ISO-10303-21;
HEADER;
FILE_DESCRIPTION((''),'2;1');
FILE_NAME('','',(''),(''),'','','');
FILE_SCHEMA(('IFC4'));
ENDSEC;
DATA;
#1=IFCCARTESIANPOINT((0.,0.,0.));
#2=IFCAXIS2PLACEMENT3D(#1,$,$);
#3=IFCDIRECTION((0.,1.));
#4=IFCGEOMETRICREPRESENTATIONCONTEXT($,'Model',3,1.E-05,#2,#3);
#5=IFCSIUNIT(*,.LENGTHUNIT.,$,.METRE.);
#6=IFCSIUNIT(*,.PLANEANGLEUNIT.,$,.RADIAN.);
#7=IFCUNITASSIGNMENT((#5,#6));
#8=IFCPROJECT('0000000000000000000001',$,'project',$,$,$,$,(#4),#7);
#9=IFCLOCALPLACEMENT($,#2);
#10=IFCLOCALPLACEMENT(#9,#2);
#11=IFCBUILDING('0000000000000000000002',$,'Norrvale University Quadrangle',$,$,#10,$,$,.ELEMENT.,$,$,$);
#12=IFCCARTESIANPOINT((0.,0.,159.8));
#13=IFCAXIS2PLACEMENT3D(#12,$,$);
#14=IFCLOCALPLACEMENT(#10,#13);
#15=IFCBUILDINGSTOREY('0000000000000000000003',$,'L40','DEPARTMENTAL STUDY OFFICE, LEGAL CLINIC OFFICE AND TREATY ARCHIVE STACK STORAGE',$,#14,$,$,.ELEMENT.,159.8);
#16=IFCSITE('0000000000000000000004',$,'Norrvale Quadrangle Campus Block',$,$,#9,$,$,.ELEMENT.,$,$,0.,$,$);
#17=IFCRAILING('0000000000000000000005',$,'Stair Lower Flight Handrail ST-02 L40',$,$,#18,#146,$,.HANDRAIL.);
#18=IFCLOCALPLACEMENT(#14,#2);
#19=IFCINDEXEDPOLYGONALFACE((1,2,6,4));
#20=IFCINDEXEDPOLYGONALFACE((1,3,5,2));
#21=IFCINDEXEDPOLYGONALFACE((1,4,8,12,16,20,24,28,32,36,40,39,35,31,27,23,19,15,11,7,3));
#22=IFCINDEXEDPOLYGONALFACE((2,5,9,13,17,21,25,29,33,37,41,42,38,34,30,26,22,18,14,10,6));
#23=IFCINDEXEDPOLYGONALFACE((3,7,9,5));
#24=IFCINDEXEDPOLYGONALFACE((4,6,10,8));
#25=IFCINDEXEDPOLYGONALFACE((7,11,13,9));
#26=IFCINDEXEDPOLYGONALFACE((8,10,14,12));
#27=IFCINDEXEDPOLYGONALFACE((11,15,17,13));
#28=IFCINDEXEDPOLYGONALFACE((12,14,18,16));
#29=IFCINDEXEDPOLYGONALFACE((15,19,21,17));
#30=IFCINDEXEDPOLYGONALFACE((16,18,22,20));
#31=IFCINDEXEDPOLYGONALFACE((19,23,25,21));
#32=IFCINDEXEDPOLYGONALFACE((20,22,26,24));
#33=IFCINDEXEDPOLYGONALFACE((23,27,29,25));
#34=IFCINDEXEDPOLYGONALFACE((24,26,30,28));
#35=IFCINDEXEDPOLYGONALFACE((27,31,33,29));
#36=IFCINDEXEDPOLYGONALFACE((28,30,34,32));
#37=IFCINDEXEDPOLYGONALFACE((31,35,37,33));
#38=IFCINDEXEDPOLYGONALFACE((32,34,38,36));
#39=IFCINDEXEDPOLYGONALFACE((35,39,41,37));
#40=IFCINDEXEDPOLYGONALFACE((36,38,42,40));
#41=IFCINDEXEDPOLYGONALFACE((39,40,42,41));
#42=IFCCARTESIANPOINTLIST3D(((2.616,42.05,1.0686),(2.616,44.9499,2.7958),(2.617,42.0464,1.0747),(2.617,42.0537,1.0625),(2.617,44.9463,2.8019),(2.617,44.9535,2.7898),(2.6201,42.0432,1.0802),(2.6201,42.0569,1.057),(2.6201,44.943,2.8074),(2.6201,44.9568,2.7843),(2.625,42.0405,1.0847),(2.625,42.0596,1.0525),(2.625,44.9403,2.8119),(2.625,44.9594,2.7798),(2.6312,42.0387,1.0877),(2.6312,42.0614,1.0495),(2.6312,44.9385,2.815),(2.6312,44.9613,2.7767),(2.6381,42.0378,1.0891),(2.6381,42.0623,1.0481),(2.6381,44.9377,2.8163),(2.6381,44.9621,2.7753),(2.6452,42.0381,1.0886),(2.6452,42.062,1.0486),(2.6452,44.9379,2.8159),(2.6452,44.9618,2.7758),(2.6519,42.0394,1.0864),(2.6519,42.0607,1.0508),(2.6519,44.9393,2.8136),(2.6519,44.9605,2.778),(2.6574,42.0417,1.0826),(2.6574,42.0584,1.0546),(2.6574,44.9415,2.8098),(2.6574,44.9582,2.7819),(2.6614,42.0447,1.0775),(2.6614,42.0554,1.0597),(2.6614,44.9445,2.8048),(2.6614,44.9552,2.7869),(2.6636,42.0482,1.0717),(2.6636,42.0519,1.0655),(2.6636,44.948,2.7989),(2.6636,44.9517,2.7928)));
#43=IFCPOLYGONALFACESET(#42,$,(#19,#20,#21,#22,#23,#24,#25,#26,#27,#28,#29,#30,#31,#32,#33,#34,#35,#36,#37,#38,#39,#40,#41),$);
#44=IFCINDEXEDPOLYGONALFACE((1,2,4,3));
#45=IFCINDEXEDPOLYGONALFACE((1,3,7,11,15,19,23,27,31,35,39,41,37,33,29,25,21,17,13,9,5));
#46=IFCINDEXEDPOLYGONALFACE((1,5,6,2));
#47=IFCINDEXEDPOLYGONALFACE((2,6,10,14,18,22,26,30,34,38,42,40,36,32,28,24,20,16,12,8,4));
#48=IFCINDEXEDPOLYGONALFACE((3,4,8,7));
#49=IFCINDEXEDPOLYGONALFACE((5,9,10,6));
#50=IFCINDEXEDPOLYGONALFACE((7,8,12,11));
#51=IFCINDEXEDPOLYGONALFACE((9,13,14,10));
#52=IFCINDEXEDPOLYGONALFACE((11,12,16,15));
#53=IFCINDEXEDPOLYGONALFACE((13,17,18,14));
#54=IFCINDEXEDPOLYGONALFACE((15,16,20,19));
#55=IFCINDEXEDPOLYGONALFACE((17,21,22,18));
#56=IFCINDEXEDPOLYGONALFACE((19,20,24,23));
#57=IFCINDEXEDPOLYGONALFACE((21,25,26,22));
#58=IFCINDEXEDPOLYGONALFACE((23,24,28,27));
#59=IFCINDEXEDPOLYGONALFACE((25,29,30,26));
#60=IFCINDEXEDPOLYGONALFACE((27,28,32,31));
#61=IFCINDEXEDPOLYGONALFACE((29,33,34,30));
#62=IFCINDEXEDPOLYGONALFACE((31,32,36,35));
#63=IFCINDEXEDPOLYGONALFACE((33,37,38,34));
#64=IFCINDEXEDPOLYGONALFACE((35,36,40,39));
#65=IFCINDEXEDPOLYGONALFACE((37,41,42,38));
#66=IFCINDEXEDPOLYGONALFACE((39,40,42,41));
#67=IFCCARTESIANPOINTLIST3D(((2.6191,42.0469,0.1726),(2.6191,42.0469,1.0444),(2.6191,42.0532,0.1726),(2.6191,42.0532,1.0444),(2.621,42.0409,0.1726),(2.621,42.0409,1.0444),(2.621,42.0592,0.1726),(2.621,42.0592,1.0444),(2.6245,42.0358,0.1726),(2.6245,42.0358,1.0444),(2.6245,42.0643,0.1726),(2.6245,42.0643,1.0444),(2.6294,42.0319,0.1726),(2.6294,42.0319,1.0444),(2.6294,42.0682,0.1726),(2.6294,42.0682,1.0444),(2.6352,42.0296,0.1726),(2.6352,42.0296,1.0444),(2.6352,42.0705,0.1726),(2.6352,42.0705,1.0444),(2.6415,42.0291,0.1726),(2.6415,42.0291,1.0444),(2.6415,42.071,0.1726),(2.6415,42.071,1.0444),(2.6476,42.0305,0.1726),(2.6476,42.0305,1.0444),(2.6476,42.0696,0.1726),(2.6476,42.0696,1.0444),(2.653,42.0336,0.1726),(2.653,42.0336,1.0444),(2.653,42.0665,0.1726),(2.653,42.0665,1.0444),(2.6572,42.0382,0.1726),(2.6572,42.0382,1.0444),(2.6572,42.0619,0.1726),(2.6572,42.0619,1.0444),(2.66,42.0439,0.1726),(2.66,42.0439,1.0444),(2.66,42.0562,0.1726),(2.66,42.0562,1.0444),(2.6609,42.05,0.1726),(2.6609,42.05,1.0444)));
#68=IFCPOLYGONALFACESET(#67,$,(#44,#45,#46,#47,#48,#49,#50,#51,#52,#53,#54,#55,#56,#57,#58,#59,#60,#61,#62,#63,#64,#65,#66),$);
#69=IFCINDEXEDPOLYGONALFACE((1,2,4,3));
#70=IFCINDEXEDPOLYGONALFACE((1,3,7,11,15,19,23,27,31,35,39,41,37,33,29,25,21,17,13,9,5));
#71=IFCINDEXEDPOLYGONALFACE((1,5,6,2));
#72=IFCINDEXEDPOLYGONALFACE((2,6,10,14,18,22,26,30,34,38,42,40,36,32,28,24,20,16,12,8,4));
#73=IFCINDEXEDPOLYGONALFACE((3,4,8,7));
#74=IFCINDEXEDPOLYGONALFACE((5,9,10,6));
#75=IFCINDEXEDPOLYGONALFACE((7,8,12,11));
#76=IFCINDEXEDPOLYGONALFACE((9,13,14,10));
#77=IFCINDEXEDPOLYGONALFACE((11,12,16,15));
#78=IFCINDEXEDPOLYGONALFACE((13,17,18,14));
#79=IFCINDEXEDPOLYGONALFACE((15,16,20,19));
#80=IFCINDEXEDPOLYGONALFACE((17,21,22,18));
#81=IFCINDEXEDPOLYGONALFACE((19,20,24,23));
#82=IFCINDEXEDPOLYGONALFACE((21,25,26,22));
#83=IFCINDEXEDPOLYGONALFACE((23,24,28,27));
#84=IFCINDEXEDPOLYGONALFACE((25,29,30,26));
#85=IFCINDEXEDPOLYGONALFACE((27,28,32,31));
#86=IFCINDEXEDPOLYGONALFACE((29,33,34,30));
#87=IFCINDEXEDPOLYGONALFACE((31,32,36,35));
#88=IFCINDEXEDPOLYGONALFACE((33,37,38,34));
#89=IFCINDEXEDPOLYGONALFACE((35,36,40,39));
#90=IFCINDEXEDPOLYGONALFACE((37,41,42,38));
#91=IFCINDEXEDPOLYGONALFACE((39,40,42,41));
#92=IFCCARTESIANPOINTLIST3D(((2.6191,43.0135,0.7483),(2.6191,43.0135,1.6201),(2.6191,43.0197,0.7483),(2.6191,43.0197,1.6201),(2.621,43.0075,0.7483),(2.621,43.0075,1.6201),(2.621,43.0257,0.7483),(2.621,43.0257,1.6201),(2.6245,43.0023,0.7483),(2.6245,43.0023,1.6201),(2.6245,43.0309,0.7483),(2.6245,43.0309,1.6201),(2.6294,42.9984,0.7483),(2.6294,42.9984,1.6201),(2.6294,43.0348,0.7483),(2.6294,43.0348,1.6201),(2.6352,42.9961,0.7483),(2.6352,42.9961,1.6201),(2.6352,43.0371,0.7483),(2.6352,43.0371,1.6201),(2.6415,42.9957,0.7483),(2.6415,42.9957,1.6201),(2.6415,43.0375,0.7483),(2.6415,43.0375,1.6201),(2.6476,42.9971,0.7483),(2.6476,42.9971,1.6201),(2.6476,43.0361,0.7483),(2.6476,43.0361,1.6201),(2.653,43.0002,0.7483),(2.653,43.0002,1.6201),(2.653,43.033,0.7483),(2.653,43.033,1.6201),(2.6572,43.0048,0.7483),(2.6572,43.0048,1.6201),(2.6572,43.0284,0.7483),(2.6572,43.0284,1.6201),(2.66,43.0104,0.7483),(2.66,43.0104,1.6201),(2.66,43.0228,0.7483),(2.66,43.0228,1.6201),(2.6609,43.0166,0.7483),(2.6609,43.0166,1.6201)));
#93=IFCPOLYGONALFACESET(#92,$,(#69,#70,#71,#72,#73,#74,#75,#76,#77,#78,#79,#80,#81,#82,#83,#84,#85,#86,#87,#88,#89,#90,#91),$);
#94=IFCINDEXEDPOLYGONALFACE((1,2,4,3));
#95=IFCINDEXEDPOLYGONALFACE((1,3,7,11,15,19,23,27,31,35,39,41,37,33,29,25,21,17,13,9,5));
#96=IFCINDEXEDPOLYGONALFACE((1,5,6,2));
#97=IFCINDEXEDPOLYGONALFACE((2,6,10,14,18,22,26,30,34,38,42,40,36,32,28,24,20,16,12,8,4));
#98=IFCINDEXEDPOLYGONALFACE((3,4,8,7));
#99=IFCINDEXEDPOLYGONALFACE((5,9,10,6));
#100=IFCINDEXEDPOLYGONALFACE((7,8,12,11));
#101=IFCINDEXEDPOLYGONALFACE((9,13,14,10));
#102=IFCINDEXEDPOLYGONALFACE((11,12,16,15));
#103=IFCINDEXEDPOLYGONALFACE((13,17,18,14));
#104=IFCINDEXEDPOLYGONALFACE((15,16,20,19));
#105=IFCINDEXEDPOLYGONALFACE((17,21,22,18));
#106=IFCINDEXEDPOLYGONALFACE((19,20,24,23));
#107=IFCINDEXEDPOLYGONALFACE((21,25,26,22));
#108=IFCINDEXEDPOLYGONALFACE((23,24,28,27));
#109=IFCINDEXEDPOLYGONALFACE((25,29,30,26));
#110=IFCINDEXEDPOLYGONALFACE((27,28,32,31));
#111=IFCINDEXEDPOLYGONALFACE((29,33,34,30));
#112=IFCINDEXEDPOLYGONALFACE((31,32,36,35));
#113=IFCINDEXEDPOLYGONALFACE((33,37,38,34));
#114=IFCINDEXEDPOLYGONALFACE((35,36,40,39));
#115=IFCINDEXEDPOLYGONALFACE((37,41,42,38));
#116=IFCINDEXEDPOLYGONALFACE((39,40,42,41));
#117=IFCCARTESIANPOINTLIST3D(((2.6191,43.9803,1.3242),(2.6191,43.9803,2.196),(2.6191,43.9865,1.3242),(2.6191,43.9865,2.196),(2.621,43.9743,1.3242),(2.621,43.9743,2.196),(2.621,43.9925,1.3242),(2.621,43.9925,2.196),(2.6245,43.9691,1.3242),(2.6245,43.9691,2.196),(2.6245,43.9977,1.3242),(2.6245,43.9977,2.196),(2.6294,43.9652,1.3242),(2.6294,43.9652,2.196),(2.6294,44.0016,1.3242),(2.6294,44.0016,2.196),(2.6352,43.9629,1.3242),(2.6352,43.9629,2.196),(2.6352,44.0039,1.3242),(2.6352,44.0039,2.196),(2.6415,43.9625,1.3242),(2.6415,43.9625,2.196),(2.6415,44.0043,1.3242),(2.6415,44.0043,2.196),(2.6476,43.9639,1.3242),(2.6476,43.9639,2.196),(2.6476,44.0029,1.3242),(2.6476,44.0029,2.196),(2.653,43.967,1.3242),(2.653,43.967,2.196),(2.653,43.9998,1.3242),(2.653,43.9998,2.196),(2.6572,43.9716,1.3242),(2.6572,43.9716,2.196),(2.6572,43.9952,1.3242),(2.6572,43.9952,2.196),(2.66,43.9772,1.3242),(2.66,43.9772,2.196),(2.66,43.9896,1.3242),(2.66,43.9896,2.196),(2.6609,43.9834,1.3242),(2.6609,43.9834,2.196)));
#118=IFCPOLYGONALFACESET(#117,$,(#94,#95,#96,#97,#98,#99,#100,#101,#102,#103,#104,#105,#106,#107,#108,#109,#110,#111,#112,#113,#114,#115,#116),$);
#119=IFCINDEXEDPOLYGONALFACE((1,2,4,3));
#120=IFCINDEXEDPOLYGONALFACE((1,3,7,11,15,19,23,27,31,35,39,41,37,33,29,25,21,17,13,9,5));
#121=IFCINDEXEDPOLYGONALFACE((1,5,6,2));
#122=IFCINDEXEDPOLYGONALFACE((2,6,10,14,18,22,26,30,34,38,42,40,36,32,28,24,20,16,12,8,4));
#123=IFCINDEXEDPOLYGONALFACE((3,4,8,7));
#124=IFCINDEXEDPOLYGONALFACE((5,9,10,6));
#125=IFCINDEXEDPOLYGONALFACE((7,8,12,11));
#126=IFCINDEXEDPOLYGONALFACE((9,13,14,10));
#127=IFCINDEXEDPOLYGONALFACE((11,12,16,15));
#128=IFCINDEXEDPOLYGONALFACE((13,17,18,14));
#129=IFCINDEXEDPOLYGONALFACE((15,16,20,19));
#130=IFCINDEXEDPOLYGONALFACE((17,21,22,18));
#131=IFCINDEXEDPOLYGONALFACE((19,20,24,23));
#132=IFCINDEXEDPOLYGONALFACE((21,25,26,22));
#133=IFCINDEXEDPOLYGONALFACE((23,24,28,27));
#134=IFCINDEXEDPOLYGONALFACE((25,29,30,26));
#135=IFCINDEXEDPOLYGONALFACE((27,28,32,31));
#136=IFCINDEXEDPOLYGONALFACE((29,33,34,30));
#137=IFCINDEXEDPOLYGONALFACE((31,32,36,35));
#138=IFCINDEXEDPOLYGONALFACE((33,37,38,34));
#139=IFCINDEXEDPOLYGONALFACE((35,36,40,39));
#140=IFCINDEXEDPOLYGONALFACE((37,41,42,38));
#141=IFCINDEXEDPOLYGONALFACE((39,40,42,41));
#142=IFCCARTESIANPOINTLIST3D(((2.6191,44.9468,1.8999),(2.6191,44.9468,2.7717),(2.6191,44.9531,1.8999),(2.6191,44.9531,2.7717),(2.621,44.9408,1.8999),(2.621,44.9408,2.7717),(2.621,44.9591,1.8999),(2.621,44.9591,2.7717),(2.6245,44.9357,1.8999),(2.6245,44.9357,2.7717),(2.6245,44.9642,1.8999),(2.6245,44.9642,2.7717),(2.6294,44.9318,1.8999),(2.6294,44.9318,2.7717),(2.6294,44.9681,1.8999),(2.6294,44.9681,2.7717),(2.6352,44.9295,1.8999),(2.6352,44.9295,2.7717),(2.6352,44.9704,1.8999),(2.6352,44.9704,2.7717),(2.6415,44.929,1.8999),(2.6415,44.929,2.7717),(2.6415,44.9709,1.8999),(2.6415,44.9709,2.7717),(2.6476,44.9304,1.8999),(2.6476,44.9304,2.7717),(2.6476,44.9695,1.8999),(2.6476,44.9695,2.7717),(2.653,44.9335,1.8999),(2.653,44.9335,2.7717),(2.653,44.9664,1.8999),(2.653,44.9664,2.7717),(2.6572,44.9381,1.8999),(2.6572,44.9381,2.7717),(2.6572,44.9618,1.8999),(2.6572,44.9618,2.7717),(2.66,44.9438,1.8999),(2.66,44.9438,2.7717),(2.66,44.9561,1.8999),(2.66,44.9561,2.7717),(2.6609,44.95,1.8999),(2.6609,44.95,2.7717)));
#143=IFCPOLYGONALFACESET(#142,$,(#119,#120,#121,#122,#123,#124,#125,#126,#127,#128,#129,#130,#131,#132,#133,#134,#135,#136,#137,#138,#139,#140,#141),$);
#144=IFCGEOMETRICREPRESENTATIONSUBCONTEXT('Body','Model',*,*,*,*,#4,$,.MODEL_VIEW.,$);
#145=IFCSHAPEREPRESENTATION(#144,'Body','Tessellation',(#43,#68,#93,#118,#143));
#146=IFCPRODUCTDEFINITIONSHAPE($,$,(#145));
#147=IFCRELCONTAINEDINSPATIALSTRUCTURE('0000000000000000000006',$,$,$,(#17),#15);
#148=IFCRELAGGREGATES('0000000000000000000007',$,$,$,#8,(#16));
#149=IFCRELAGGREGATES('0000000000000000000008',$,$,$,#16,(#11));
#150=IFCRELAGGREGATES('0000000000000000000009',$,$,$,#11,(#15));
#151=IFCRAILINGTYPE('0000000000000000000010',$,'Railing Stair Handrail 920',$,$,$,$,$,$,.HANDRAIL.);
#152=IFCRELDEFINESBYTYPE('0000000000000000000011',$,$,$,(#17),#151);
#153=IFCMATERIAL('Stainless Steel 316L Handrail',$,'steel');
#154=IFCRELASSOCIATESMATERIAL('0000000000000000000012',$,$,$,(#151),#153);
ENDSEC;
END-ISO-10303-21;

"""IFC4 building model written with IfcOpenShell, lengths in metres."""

from ifc_helpers import new_model, si_unit, direction, frame, origin, origin_2d, place, context, subcontext, project, spatial, circle, extrude, material, type_object, element, save


model = new_model("IFC4")

# Units and contexts
model_context = context("Model", 3, precision=1e-05, world=origin(), true_north=direction((0.0, 1.0)))
body_context = subcontext(model_context, "Body", "Model", "MODEL_VIEW")
ifc_project = project(units=[si_unit("LENGTHUNIT", "METRE"), si_unit("PLANEANGLEUNIT", "RADIAN")], contexts=[model_context])

# Site, building, storey
site_placement = place(None, origin())
site = spatial("IfcSite", under=ifc_project, at=site_placement, Name="Norrvale Quadrangle Campus Block", CompositionType="ELEMENT", RefElevation=0.0)
building_placement = place(site_placement, origin())
building = spatial("IfcBuilding", under=site, at=building_placement, Name="Norrvale University Quadrangle", CompositionType="ELEMENT")
storey_placement = place(building_placement, frame((0.0, 0.0, 159.8)))
storey = spatial("IfcBuildingStorey", under=building, at=storey_placement, Name="L40", Description="DEPARTMENTAL STUDY OFFICE, LEGAL CLINIC OFFICE AND TREATY ARCHIVE STACK STORAGE", CompositionType="ELEMENT", Elevation=159.8)

# Railing
ifc_material_1 = material(Name="Stainless Steel 316L Handrail", Category="steel")
railing_type_1 = type_object("IfcRailingType", Name="Railing Stair Handrail 920", PredefinedType="HANDRAIL", material=ifc_material_1)
railing_1_placement = place(storey_placement, frame((2.6399, 42.05, 0.1726)))
element("IfcRailing", 1, at=railing_1_placement, inside=storey, type_object=railing_type_1, Name="Stair Lower Flight Handrail ST-02 L40", PredefinedType="HANDRAIL", context=body_context, shape_type="SweptSolid", body=[
    extrude(circle(Radius=0.0239, at=origin_2d()), frame((0.0, 0.0, 0.896), z_axis=(0.0, 0.859141, 0.511738), x_axis=(-1.0, 0.0, 0.0)), (0.0, 0.0, 1.0), 3.3752),
    extrude(circle(Radius=0.021, at=origin_2d()), origin(), (0.0, 0.0, 1.0), 0.8718),
    extrude(circle(Radius=0.021, at=origin_2d()), frame((0.0, 0.9666, 0.5757)), (0.0, 0.0, 1.0), 0.8718),
    extrude(circle(Radius=0.021, at=origin_2d()), frame((0.0, 1.9333, 1.1516)), (0.0, 0.0, 1.0), 0.8718),
    extrude(circle(Radius=0.021, at=origin_2d()), frame((0.0, 2.8999, 1.7273)), (0.0, 0.0, 1.0), 0.8718),
])

save(model, "model.ifc")
